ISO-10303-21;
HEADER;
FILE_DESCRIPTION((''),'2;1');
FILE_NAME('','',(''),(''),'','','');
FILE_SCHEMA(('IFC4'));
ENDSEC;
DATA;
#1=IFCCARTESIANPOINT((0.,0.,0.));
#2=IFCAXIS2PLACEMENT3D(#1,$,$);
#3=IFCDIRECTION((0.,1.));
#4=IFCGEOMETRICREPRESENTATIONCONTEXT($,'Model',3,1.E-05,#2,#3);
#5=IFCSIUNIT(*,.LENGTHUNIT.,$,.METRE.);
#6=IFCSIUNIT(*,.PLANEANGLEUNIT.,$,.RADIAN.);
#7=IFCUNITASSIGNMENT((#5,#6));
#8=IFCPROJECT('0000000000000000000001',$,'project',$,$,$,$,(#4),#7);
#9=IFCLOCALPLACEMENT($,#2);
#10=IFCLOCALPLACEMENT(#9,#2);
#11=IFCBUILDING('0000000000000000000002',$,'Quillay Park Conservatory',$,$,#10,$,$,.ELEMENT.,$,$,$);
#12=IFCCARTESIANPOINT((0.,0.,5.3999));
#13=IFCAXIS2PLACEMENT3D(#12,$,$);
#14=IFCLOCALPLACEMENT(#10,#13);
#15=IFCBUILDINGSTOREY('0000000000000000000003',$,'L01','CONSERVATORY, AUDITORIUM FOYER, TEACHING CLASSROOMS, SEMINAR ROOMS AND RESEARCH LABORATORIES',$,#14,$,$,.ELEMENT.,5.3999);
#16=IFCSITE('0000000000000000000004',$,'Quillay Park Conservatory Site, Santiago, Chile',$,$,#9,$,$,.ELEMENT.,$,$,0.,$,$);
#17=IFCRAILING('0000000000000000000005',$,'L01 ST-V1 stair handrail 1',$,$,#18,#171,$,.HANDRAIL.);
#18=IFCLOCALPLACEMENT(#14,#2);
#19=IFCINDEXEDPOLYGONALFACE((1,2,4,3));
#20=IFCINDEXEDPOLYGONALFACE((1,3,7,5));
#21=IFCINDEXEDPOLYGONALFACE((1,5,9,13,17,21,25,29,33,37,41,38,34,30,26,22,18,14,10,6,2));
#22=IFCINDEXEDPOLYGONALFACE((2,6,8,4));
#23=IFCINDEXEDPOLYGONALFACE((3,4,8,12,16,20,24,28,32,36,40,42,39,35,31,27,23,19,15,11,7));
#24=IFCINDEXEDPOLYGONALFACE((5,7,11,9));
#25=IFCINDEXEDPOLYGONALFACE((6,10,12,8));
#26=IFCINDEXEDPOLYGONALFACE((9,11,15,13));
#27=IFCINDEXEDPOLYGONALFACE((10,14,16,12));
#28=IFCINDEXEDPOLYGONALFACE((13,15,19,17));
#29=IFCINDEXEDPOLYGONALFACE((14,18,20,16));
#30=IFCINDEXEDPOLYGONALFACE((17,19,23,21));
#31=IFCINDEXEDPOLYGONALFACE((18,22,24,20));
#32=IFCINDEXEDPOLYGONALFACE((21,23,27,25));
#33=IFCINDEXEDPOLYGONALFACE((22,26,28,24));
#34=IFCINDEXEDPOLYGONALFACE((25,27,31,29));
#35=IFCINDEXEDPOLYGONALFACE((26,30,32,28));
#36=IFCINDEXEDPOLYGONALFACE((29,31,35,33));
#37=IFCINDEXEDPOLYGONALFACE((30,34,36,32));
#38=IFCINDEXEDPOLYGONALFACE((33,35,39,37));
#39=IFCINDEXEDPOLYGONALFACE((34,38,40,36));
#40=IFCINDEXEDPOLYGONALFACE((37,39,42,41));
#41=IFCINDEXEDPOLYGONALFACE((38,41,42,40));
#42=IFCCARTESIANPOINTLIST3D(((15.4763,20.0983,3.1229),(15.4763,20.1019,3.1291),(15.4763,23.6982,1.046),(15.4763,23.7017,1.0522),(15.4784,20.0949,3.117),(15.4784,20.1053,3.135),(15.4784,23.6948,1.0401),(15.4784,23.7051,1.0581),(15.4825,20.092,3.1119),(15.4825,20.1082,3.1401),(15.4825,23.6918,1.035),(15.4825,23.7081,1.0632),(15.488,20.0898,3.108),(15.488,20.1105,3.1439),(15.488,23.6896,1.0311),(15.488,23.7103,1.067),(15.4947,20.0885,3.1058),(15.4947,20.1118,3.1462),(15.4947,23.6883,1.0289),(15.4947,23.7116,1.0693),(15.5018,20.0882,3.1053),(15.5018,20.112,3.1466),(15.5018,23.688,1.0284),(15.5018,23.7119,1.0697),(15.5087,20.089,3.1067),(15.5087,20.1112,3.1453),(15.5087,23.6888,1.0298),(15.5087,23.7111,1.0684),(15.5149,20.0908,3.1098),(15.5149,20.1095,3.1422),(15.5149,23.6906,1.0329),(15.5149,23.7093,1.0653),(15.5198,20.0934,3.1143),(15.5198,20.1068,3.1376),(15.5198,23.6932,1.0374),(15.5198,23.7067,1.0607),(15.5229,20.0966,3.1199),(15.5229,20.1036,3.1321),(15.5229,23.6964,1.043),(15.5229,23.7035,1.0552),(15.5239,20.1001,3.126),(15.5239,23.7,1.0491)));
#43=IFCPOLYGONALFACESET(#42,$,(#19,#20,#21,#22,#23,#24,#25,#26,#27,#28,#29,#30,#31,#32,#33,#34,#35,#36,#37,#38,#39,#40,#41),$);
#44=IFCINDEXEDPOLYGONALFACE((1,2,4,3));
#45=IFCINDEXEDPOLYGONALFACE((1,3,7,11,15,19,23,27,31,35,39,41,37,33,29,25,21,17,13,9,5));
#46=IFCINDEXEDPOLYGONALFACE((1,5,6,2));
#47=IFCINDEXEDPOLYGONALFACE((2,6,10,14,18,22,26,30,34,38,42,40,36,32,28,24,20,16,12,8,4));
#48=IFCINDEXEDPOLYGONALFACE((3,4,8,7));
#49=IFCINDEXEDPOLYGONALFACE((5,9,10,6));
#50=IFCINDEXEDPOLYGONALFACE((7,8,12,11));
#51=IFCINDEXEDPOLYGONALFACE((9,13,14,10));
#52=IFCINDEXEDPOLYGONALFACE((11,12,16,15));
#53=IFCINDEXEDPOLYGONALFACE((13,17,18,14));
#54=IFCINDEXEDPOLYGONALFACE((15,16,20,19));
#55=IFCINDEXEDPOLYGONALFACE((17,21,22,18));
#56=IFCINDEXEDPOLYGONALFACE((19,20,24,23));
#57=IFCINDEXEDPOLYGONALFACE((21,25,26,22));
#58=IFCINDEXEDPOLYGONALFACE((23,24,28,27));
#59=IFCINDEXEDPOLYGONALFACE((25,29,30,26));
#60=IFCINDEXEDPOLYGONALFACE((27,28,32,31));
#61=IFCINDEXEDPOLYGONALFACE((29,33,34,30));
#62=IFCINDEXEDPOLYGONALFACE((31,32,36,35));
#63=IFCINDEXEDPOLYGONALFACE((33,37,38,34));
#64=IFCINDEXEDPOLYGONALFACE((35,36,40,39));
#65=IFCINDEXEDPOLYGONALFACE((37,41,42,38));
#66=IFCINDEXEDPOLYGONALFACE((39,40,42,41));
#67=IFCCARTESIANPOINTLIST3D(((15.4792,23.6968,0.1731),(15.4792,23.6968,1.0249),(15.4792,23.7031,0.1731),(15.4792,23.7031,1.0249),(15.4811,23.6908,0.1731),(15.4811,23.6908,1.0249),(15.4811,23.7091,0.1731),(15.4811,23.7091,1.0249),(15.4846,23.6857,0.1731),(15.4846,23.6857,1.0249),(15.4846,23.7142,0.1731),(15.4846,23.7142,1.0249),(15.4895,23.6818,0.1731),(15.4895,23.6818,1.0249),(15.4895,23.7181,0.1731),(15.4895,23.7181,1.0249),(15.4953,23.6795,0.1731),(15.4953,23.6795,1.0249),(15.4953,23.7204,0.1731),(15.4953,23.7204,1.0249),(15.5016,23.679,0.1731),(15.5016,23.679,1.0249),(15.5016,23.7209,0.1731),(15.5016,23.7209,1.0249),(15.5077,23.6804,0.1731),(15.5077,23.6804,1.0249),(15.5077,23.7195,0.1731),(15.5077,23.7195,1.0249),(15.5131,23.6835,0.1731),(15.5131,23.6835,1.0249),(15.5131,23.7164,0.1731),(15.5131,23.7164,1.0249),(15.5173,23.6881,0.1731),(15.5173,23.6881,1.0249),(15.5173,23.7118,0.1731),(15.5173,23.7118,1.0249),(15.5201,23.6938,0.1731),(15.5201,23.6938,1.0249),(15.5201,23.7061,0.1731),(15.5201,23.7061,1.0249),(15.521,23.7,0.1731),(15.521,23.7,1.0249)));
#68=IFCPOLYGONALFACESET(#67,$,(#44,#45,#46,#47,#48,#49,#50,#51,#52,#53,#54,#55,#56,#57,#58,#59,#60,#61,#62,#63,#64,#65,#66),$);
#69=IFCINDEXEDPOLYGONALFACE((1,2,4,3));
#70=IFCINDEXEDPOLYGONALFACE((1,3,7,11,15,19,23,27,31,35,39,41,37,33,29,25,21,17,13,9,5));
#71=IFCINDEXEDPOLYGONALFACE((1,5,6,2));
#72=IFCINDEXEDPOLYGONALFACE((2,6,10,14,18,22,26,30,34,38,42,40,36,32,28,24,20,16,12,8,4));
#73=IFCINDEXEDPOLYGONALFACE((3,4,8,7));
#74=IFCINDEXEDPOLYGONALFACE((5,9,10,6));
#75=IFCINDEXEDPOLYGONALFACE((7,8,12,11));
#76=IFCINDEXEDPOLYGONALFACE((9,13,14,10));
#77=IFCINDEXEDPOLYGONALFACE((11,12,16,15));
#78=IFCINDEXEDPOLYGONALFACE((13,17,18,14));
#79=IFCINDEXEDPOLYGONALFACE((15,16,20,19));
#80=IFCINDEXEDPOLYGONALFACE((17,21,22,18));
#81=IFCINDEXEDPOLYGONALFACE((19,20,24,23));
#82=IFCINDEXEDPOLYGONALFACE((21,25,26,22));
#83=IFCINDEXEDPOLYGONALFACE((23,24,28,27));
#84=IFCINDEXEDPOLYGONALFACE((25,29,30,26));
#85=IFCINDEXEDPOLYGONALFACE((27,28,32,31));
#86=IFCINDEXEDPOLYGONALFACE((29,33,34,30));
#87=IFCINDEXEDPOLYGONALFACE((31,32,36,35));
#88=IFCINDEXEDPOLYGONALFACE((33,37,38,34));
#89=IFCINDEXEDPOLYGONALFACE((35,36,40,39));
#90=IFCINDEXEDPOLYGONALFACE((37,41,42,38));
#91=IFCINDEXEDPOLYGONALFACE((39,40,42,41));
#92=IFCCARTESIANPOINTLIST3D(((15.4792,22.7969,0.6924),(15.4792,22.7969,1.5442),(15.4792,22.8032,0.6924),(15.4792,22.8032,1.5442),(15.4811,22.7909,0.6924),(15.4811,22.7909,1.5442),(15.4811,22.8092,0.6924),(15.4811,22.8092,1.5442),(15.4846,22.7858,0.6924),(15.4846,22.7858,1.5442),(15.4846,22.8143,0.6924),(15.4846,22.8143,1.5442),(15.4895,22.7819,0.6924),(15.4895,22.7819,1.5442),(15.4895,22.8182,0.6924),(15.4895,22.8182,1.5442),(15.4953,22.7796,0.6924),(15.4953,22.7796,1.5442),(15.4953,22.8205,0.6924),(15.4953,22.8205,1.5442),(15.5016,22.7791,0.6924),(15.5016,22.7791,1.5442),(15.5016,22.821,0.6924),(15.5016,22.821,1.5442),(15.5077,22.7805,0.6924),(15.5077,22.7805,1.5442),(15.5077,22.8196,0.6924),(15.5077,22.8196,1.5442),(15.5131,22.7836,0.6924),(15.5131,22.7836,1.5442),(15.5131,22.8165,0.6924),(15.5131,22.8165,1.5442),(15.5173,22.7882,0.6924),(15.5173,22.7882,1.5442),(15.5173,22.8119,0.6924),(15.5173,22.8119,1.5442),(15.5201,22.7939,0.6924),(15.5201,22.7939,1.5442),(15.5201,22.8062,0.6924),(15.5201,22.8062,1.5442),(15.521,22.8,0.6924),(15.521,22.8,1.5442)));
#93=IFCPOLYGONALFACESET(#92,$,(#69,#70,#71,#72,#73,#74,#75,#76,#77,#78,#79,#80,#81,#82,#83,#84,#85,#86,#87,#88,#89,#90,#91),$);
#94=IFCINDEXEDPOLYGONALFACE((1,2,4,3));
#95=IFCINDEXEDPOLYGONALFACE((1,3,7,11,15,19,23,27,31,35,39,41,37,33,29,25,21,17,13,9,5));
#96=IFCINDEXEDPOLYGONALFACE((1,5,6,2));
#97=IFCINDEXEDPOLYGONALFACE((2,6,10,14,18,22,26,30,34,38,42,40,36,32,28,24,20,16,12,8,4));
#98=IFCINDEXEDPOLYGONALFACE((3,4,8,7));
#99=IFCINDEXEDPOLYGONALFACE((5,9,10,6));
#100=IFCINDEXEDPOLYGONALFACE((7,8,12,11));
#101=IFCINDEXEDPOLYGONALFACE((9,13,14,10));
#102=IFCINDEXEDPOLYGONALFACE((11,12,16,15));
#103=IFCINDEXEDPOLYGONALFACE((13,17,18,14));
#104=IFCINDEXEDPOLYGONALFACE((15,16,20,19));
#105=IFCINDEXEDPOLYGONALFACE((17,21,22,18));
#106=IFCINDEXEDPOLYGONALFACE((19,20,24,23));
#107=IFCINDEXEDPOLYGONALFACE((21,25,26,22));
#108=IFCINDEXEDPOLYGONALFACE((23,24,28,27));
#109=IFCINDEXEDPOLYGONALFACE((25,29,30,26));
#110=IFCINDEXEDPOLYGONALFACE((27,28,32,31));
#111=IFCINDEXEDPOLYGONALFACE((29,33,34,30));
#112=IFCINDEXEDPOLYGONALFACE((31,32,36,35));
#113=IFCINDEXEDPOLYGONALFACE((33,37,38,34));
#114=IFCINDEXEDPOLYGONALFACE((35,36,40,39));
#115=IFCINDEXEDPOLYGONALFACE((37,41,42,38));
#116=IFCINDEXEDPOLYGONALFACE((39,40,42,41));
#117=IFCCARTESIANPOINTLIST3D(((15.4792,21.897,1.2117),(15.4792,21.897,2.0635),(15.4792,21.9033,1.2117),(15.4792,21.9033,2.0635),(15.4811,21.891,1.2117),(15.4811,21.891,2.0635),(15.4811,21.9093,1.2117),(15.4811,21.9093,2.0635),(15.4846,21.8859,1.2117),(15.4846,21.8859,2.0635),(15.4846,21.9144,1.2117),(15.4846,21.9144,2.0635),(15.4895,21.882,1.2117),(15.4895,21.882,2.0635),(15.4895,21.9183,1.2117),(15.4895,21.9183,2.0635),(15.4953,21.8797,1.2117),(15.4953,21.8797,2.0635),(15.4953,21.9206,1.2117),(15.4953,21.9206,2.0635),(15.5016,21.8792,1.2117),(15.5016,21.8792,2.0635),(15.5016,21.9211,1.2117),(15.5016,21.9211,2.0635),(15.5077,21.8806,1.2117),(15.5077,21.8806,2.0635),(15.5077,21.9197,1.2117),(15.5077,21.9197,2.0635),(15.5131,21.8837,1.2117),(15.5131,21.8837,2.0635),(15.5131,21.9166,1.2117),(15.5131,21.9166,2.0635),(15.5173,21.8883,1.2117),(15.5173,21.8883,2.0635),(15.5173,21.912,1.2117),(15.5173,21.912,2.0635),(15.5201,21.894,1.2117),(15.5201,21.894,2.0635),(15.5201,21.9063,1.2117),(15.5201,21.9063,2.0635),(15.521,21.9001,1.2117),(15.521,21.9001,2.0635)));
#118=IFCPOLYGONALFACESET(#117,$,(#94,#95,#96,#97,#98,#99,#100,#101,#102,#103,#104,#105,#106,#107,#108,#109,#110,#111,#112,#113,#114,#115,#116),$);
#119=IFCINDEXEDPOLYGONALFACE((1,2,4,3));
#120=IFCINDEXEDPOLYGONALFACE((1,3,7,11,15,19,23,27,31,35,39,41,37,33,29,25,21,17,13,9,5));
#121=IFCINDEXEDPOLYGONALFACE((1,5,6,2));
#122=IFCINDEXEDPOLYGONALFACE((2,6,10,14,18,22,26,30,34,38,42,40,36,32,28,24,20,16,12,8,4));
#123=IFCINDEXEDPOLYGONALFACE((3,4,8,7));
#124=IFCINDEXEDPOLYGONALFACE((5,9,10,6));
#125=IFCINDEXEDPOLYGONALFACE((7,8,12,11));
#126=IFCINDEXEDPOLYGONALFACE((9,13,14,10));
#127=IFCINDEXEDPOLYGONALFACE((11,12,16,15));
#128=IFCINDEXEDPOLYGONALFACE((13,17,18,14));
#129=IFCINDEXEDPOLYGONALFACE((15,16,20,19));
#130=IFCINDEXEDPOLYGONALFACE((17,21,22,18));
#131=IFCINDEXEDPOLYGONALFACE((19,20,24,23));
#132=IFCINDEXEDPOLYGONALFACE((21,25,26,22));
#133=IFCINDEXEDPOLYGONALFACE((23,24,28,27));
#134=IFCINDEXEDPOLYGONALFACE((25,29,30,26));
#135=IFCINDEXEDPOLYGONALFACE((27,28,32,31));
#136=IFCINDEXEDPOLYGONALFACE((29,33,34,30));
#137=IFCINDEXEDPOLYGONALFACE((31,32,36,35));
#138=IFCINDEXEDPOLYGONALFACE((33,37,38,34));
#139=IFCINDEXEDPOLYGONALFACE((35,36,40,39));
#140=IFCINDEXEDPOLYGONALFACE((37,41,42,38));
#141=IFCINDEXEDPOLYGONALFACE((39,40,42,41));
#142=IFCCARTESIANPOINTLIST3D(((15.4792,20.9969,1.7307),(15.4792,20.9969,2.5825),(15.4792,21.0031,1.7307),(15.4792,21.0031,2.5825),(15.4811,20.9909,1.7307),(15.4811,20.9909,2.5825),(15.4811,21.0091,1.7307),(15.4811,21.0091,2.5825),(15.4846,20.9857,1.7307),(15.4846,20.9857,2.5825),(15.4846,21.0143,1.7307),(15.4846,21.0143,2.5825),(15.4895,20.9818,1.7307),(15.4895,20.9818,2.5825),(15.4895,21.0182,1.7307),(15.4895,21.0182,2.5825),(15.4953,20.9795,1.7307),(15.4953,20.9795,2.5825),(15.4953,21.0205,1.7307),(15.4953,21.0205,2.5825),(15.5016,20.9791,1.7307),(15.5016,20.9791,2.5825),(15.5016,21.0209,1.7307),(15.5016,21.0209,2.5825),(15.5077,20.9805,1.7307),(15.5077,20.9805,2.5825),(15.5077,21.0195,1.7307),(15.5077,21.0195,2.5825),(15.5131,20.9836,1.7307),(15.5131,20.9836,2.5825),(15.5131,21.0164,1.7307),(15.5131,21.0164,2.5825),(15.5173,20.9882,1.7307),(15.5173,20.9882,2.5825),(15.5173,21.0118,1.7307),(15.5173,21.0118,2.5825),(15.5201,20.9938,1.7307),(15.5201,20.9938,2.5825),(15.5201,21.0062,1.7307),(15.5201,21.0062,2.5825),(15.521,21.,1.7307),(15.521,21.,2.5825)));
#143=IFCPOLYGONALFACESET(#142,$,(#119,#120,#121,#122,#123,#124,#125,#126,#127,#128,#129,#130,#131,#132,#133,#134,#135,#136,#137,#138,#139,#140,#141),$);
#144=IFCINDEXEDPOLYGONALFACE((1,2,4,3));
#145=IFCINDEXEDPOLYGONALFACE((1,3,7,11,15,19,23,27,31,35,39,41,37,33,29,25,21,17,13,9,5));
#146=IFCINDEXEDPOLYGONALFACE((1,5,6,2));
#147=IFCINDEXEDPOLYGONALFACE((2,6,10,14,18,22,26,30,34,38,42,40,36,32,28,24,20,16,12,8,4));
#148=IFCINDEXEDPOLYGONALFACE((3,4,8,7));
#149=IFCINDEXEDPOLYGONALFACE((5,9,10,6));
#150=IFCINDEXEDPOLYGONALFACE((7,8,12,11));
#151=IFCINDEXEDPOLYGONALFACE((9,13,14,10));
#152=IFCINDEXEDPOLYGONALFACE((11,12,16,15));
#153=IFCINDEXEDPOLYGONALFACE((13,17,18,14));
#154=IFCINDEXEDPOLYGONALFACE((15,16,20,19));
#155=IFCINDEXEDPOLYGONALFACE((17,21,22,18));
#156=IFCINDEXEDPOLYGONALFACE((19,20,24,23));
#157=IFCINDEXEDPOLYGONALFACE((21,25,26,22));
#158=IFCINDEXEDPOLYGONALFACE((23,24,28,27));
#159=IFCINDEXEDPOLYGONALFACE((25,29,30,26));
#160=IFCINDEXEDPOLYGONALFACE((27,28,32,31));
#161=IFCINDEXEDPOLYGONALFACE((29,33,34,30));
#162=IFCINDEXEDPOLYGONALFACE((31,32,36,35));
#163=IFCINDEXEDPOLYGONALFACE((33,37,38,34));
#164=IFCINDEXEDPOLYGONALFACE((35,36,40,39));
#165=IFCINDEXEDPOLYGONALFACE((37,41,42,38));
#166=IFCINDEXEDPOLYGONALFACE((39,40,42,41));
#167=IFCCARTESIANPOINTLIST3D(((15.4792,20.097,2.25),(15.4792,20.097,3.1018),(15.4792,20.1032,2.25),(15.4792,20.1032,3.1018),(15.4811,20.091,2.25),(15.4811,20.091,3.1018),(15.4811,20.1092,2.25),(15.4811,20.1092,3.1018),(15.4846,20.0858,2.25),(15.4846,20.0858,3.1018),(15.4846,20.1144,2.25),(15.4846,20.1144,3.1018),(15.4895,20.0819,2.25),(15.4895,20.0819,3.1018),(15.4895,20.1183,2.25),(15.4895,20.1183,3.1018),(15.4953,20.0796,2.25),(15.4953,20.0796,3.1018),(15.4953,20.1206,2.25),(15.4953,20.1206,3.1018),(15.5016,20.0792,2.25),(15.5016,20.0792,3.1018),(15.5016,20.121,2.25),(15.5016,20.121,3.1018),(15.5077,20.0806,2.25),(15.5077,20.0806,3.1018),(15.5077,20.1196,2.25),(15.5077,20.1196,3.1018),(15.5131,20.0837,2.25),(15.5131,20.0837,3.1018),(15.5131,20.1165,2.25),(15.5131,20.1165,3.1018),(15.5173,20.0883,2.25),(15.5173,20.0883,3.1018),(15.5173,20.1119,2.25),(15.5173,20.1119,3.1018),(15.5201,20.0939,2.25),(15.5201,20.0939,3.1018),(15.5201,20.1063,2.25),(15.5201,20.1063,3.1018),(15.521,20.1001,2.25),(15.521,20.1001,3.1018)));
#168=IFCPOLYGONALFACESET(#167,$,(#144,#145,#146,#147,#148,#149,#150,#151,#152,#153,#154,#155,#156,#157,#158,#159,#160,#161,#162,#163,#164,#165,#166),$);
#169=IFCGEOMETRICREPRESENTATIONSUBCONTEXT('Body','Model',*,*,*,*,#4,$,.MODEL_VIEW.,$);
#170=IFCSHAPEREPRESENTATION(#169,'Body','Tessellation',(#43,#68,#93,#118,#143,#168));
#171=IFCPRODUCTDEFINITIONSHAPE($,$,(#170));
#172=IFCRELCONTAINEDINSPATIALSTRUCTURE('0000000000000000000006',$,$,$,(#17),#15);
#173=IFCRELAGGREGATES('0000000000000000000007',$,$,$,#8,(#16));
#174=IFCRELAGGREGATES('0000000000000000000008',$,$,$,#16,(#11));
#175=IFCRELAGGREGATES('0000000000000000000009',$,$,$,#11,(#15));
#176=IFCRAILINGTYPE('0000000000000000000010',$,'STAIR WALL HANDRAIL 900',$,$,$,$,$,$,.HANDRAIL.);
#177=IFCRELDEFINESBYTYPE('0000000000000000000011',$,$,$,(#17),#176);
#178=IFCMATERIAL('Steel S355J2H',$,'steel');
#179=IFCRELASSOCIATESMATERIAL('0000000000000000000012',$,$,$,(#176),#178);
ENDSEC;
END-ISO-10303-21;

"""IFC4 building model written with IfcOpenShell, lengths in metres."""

from ifc_helpers import new_model, si_unit, direction, frame, origin, origin_2d, place, context, subcontext, project, spatial, circle, extrude, material, type_object, element, save


model = new_model("IFC4")

# Units and contexts
model_context = context("Model", 3, precision=1e-05, world=origin(), true_north=direction((0.0, 1.0)))
body_context = subcontext(model_context, "Body", "Model", "MODEL_VIEW")
ifc_project = project(units=[si_unit("LENGTHUNIT", "METRE"), si_unit("PLANEANGLEUNIT", "RADIAN")], contexts=[model_context])

# Site, building, storey
site_placement = place(None, origin())
site = spatial("IfcSite", under=ifc_project, at=site_placement, Name="Quillay Park Conservatory Site, Santiago, Chile", CompositionType="ELEMENT", RefElevation=0.0)
building_placement = place(site_placement, origin())
building = spatial("IfcBuilding", under=site, at=building_placement, Name="Quillay Park Conservatory", CompositionType="ELEMENT")
storey_placement = place(building_placement, frame((0.0, 0.0, 5.3999)))
storey = spatial("IfcBuildingStorey", under=building, at=storey_placement, Name="L01", Description="CONSERVATORY, AUDITORIUM FOYER, TEACHING CLASSROOMS, SEMINAR ROOMS AND RESEARCH LABORATORIES", CompositionType="ELEMENT", Elevation=5.3999)

# Railing
ifc_material_1 = material(Name="Steel S355J2H", Category="steel")
railing_type_1 = type_object("IfcRailingType", Name="STAIR WALL HANDRAIL 900", PredefinedType="HANDRAIL", material=ifc_material_1)
railing_1_placement = place(storey_placement, frame((15.5, 23.7, 0.1731)))
element("IfcRailing", 1, at=railing_1_placement, inside=storey, type_object=railing_type_1, Name="L01 ST-V1 stair handrail 1", PredefinedType="HANDRAIL", context=body_context, shape_type="SweptSolid", body=[
    extrude(circle(Radius=0.0239, at=origin_2d()), frame((0.0, 0.0, 0.876), z_axis=(0.0, -0.866179, 0.499734), x_axis=(1.0, 0.0, 0.0)), (0.0, 0.0, 1.0), 4.156),
    extrude(circle(Radius=0.021, at=origin_2d()), origin(), (0.0, 0.0, 1.0), 0.8518),
    extrude(circle(Radius=0.021, at=origin_2d()), frame((0.0, -0.8999, 0.5193)), (0.0, 0.0, 1.0), 0.8518),
    extrude(circle(Radius=0.021, at=origin_2d()), frame((0.0, -1.7998, 1.0386)), (0.0, 0.0, 1.0), 0.8518),
    extrude(circle(Radius=0.021, at=origin_2d()), frame((0.0, -2.7, 1.5576)), (0.0, 0.0, 1.0), 0.8518),
    extrude(circle(Radius=0.021, at=origin_2d()), frame((0.0, -3.5999, 2.0769)), (0.0, 0.0, 1.0), 0.8518),
])

save(model, "model.ifc")
